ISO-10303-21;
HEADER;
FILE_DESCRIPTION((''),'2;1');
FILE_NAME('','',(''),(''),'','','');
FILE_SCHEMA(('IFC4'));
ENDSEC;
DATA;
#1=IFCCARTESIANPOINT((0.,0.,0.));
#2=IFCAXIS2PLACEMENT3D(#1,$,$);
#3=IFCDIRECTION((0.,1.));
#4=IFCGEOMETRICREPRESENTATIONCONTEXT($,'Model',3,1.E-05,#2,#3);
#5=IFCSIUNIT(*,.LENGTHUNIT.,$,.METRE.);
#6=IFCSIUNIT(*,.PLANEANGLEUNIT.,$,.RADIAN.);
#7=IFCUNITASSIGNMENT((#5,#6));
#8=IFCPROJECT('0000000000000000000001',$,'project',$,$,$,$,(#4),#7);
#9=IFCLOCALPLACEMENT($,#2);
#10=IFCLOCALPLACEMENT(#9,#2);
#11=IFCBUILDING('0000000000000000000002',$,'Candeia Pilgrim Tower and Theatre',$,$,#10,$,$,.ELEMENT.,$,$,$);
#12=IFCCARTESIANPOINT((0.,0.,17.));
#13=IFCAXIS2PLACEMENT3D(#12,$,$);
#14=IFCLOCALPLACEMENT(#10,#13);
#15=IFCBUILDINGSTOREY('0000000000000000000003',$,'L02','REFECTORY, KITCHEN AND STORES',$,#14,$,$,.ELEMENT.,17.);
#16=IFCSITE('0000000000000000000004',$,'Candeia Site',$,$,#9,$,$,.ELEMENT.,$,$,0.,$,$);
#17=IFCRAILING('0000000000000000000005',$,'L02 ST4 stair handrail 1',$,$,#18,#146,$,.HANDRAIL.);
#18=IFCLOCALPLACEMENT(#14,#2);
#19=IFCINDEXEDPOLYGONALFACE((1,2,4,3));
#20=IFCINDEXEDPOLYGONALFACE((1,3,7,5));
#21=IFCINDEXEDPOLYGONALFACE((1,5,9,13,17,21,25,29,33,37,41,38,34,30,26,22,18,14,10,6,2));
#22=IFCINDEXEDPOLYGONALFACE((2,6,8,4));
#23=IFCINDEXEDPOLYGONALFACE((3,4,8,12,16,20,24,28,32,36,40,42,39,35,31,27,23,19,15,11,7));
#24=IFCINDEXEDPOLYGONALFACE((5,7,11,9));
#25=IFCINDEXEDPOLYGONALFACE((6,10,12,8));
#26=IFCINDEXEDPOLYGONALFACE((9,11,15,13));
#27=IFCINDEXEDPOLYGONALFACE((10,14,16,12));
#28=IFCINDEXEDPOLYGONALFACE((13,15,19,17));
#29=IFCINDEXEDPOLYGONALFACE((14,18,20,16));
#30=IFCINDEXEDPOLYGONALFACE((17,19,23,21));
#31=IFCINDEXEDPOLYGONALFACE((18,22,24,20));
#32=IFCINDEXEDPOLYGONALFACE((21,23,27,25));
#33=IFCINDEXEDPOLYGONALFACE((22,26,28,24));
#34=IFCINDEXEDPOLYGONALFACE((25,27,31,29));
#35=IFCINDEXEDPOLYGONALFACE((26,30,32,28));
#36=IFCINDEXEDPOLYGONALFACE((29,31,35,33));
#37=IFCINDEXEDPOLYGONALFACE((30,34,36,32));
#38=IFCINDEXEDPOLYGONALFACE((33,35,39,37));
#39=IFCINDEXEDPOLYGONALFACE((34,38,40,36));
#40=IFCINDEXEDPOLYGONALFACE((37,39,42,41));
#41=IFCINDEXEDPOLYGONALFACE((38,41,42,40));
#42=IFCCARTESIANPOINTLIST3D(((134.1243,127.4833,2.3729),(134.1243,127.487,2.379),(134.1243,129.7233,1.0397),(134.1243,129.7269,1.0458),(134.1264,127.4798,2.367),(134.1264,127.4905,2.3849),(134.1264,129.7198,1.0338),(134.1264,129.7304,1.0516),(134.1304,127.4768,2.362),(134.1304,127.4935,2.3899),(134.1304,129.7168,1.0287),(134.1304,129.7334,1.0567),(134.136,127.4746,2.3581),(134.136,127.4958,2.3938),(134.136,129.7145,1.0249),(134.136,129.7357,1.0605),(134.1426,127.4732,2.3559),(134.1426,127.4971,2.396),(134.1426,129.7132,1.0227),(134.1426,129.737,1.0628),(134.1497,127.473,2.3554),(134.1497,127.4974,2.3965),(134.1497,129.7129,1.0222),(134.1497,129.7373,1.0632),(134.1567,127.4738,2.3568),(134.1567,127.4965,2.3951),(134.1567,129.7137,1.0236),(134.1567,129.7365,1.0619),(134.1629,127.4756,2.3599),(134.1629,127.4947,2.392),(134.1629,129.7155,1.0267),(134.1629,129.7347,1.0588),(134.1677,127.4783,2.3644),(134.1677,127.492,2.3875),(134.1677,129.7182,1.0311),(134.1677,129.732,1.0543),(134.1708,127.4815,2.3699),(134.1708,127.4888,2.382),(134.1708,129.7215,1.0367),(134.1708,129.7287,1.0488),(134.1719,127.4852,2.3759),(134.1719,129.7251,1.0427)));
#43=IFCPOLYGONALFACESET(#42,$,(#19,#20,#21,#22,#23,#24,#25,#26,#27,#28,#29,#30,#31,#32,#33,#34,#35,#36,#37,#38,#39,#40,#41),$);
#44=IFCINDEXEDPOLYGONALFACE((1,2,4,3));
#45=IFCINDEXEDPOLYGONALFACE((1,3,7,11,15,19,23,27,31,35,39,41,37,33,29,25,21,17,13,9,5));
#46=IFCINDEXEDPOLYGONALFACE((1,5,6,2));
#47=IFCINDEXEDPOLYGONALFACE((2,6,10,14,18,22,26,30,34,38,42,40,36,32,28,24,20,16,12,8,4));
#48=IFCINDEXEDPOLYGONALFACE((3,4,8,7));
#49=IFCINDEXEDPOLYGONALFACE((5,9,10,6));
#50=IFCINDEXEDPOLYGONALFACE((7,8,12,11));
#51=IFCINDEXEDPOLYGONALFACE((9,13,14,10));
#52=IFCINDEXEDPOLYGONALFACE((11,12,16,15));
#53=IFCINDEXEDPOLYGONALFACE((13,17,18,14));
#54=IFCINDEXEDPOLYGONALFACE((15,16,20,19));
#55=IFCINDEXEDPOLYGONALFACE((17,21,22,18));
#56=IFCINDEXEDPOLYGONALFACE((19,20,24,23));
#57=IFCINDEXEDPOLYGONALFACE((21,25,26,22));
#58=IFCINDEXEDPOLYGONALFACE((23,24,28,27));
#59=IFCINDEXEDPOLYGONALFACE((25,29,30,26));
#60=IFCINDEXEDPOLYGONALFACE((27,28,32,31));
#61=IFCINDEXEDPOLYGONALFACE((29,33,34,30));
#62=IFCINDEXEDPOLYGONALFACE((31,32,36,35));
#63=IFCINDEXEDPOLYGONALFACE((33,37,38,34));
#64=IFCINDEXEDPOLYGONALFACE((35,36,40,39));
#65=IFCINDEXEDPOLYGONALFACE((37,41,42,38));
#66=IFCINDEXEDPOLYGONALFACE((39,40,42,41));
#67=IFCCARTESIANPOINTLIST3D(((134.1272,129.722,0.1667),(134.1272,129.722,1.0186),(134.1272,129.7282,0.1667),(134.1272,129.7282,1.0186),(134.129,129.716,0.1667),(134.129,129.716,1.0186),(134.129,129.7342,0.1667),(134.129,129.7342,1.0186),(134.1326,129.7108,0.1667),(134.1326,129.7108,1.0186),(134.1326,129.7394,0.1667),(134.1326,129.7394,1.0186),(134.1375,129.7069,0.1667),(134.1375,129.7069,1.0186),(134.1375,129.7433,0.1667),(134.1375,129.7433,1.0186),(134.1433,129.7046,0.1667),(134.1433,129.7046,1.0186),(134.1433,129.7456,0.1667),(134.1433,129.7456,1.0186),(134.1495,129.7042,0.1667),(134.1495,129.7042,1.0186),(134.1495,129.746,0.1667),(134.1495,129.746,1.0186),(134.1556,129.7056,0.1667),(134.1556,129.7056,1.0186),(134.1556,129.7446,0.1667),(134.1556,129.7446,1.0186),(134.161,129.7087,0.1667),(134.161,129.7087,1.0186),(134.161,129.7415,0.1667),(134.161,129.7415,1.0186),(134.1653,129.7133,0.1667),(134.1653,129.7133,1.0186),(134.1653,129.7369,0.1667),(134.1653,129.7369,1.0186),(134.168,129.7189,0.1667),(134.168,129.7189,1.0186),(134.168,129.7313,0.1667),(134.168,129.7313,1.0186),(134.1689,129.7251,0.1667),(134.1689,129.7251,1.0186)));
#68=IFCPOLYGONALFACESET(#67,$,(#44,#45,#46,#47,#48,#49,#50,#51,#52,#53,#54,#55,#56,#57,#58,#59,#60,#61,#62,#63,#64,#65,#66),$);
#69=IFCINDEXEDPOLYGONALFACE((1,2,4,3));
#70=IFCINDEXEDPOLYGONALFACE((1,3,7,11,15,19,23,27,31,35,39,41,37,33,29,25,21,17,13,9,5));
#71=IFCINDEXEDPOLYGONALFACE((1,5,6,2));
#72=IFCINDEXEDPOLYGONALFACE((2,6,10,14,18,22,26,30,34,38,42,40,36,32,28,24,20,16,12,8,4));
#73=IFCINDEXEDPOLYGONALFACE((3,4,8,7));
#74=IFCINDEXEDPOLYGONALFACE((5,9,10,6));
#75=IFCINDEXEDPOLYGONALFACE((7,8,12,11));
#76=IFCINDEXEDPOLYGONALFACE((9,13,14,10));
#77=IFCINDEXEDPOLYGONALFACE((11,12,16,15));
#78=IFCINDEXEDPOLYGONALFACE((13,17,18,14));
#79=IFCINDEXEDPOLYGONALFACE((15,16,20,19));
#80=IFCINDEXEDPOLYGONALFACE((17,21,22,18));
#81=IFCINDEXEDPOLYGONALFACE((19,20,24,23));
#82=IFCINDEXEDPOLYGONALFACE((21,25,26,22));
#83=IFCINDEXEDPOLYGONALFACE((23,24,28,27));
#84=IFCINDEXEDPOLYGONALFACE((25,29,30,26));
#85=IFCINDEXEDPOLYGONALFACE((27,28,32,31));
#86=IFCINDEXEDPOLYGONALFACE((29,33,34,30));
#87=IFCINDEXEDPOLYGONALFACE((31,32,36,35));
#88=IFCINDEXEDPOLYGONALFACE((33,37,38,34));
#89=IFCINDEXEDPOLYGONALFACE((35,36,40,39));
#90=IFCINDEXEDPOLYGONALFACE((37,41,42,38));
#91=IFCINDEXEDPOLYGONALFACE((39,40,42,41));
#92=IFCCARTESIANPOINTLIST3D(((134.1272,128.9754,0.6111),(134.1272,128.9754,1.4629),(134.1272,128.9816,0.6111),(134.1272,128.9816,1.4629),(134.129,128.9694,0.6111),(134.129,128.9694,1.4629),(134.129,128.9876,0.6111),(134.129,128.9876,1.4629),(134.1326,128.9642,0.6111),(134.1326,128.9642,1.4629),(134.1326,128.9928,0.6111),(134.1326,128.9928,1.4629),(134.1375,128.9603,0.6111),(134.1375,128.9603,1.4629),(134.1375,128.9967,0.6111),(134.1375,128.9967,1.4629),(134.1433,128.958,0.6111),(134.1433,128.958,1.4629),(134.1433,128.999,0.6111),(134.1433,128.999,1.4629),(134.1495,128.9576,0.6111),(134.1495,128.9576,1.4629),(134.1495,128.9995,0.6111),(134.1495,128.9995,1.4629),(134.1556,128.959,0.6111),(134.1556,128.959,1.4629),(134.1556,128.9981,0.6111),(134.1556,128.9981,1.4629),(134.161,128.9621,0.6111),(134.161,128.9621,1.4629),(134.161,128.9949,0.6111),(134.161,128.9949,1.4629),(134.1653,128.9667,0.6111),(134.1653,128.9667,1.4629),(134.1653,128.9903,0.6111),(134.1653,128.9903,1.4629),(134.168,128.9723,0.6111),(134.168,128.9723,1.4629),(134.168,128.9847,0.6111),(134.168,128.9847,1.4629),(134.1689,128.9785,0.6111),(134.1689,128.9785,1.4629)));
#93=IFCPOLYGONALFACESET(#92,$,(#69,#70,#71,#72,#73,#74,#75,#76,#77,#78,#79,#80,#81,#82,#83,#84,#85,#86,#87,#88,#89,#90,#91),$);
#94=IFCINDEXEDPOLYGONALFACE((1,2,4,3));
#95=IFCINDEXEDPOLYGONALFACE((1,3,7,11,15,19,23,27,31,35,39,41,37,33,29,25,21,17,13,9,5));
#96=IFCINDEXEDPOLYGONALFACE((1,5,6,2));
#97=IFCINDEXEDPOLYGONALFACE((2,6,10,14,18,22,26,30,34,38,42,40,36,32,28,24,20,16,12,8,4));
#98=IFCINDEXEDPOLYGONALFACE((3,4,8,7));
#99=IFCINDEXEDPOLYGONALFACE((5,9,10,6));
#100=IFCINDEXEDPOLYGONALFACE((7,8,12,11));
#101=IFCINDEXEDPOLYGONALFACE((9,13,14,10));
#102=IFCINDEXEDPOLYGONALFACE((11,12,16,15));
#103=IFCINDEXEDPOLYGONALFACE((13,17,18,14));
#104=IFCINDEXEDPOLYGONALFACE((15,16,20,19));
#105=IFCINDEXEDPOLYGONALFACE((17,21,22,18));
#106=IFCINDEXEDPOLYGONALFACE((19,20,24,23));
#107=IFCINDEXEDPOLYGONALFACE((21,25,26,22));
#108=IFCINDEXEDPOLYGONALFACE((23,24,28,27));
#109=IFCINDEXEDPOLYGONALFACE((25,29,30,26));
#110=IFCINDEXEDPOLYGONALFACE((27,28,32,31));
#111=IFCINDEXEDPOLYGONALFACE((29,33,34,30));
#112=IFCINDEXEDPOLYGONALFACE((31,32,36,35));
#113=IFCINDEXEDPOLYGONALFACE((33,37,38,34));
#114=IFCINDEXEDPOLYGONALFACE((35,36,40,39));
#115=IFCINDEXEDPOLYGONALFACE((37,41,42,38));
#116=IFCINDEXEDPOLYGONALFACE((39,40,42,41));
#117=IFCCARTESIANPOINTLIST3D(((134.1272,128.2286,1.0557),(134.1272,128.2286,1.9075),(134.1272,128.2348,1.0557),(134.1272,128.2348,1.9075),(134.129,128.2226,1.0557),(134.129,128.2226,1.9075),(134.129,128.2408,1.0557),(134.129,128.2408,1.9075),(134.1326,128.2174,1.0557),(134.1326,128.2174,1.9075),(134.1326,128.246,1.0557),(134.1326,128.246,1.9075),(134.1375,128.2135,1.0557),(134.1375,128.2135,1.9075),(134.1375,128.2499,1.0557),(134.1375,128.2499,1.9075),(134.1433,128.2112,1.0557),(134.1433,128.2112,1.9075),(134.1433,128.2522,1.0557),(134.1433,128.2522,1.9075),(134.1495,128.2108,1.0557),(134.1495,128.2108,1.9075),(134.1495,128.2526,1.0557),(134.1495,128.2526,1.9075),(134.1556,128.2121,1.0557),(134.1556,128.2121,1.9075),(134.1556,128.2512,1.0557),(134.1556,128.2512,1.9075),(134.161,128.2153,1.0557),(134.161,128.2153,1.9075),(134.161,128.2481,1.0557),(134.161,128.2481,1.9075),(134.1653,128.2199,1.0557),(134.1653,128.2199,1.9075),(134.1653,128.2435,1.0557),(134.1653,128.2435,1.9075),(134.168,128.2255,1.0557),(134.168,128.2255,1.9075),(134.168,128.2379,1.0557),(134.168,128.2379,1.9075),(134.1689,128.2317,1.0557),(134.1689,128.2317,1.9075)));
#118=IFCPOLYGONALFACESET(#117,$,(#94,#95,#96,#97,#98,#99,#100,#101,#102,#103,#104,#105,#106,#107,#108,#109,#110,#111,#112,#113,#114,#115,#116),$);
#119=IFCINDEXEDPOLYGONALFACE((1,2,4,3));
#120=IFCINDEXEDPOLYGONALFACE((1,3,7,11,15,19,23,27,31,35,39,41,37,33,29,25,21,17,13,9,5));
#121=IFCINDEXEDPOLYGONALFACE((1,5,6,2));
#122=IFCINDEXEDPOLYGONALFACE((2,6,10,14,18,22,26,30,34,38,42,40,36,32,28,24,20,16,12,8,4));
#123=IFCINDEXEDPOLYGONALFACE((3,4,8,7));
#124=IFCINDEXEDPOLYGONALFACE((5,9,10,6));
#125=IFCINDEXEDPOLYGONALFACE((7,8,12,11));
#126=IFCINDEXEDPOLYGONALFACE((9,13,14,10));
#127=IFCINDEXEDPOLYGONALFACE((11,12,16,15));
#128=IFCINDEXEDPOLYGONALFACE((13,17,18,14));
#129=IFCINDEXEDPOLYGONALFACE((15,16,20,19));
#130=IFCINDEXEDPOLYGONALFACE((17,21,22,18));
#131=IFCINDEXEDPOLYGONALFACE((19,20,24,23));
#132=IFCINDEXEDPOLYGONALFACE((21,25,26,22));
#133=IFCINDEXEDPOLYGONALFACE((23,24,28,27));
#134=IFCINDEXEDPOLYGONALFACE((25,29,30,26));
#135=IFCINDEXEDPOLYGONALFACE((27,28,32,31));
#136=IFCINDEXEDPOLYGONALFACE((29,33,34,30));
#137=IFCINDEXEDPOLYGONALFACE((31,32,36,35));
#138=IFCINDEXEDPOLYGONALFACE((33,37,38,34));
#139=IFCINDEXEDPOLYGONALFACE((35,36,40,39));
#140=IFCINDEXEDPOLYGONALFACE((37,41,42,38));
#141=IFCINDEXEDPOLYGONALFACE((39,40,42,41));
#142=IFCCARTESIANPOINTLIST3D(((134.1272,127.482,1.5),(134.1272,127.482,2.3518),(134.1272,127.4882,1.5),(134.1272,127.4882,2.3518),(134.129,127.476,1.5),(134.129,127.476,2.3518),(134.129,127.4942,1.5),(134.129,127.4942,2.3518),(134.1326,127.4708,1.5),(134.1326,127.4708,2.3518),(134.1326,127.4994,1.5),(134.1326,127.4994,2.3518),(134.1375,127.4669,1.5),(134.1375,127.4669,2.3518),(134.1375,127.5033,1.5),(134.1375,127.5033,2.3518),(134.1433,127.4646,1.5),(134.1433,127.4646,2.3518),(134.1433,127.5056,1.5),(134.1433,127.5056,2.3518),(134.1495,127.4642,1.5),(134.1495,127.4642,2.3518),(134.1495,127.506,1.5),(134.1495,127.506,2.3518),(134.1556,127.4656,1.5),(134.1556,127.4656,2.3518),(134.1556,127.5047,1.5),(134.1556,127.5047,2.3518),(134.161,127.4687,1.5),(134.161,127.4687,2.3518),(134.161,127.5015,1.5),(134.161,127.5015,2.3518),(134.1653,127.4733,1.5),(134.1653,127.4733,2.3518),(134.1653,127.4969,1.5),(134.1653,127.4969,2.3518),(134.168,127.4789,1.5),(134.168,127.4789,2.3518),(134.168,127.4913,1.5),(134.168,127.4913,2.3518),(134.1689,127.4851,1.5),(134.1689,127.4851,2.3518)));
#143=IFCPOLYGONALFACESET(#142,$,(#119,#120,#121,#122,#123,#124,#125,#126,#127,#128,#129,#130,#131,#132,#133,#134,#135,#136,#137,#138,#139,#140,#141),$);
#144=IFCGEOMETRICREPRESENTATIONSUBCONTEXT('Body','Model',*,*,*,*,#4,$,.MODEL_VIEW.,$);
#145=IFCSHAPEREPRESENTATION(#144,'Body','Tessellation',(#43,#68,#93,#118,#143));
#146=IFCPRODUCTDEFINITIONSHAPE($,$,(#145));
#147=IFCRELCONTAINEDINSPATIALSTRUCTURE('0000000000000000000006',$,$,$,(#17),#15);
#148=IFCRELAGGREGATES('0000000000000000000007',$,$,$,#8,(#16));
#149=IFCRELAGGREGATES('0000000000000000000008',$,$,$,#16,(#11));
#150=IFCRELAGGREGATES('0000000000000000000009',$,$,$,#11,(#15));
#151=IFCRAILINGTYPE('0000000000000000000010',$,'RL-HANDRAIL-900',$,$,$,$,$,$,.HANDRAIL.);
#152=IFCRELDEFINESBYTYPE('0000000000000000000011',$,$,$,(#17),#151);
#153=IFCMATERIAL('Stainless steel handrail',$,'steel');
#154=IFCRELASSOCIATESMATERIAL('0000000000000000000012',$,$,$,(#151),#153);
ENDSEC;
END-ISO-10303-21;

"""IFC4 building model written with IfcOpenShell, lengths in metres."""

from ifc_helpers import new_model, si_unit, direction, frame, origin, origin_2d, place, context, subcontext, project, spatial, circle, extrude, material, type_object, element, save


model = new_model("IFC4")

# Units and contexts
model_context = context("Model", 3, precision=1e-05, world=origin(), true_north=direction((0.0, 1.0)))
body_context = subcontext(model_context, "Body", "Model", "MODEL_VIEW")
ifc_project = project(units=[si_unit("LENGTHUNIT", "METRE"), si_unit("PLANEANGLEUNIT", "RADIAN")], contexts=[model_context])

# Site, building, storey
site_placement = place(None, origin())
site = spatial("IfcSite", under=ifc_project, at=site_placement, Name="Candeia Site", CompositionType="ELEMENT", RefElevation=0.0)
building_placement = place(site_placement, origin())
building = spatial("IfcBuilding", under=site, at=building_placement, Name="Candeia Pilgrim Tower and Theatre", CompositionType="ELEMENT")
storey_placement = place(building_placement, frame((0.0, 0.0, 17.0)))
storey = spatial("IfcBuildingStorey", under=building, at=storey_placement, Name="L02", Description="REFECTORY, KITCHEN AND STORES", CompositionType="ELEMENT", Elevation=17.0)

# Railing
ifc_material_1 = material(Name="Stainless steel handrail", Category="steel")
railing_type_1 = type_object("IfcRailingType", Name="RL-HANDRAIL-900", PredefinedType="HANDRAIL", material=ifc_material_1)
for number, where, name in (
    (1, (134.1479, 129.7251, 0.1667), "L02 ST4 stair handrail 1"),
):
    element("IfcRailing", number, at=place(storey_placement, frame(where)), inside=storey, type_object=railing_type_1, Name=name, PredefinedType="HANDRAIL", context=body_context, shape_type="SweptSolid", body=[
        extrude(circle(Radius=0.0239, at=origin_2d()), frame((0.0, 0.0, 0.876), z_axis=(0.0, -0.859306, 0.511462), x_axis=(1.0, 0.0, 0.0)), (0.0, 0.0, 1.0), 2.6067),
        extrude(circle(Radius=0.021, at=origin_2d()), origin(), (0.0, 0.0, 1.0), 0.8518),
        extrude(circle(Radius=0.021, at=origin_2d()), frame((0.0, -0.7466, 0.4443)), (0.0, 0.0, 1.0), 0.8518),
        extrude(circle(Radius=0.021, at=origin_2d()), frame((0.0, -1.4934, 0.8889)), (0.0, 0.0, 1.0), 0.8518),
        extrude(circle(Radius=0.021, at=origin_2d()), frame((0.0, -2.24, 1.3333)), (0.0, 0.0, 1.0), 0.8518),
    ])

save(model, "model.ifc")
